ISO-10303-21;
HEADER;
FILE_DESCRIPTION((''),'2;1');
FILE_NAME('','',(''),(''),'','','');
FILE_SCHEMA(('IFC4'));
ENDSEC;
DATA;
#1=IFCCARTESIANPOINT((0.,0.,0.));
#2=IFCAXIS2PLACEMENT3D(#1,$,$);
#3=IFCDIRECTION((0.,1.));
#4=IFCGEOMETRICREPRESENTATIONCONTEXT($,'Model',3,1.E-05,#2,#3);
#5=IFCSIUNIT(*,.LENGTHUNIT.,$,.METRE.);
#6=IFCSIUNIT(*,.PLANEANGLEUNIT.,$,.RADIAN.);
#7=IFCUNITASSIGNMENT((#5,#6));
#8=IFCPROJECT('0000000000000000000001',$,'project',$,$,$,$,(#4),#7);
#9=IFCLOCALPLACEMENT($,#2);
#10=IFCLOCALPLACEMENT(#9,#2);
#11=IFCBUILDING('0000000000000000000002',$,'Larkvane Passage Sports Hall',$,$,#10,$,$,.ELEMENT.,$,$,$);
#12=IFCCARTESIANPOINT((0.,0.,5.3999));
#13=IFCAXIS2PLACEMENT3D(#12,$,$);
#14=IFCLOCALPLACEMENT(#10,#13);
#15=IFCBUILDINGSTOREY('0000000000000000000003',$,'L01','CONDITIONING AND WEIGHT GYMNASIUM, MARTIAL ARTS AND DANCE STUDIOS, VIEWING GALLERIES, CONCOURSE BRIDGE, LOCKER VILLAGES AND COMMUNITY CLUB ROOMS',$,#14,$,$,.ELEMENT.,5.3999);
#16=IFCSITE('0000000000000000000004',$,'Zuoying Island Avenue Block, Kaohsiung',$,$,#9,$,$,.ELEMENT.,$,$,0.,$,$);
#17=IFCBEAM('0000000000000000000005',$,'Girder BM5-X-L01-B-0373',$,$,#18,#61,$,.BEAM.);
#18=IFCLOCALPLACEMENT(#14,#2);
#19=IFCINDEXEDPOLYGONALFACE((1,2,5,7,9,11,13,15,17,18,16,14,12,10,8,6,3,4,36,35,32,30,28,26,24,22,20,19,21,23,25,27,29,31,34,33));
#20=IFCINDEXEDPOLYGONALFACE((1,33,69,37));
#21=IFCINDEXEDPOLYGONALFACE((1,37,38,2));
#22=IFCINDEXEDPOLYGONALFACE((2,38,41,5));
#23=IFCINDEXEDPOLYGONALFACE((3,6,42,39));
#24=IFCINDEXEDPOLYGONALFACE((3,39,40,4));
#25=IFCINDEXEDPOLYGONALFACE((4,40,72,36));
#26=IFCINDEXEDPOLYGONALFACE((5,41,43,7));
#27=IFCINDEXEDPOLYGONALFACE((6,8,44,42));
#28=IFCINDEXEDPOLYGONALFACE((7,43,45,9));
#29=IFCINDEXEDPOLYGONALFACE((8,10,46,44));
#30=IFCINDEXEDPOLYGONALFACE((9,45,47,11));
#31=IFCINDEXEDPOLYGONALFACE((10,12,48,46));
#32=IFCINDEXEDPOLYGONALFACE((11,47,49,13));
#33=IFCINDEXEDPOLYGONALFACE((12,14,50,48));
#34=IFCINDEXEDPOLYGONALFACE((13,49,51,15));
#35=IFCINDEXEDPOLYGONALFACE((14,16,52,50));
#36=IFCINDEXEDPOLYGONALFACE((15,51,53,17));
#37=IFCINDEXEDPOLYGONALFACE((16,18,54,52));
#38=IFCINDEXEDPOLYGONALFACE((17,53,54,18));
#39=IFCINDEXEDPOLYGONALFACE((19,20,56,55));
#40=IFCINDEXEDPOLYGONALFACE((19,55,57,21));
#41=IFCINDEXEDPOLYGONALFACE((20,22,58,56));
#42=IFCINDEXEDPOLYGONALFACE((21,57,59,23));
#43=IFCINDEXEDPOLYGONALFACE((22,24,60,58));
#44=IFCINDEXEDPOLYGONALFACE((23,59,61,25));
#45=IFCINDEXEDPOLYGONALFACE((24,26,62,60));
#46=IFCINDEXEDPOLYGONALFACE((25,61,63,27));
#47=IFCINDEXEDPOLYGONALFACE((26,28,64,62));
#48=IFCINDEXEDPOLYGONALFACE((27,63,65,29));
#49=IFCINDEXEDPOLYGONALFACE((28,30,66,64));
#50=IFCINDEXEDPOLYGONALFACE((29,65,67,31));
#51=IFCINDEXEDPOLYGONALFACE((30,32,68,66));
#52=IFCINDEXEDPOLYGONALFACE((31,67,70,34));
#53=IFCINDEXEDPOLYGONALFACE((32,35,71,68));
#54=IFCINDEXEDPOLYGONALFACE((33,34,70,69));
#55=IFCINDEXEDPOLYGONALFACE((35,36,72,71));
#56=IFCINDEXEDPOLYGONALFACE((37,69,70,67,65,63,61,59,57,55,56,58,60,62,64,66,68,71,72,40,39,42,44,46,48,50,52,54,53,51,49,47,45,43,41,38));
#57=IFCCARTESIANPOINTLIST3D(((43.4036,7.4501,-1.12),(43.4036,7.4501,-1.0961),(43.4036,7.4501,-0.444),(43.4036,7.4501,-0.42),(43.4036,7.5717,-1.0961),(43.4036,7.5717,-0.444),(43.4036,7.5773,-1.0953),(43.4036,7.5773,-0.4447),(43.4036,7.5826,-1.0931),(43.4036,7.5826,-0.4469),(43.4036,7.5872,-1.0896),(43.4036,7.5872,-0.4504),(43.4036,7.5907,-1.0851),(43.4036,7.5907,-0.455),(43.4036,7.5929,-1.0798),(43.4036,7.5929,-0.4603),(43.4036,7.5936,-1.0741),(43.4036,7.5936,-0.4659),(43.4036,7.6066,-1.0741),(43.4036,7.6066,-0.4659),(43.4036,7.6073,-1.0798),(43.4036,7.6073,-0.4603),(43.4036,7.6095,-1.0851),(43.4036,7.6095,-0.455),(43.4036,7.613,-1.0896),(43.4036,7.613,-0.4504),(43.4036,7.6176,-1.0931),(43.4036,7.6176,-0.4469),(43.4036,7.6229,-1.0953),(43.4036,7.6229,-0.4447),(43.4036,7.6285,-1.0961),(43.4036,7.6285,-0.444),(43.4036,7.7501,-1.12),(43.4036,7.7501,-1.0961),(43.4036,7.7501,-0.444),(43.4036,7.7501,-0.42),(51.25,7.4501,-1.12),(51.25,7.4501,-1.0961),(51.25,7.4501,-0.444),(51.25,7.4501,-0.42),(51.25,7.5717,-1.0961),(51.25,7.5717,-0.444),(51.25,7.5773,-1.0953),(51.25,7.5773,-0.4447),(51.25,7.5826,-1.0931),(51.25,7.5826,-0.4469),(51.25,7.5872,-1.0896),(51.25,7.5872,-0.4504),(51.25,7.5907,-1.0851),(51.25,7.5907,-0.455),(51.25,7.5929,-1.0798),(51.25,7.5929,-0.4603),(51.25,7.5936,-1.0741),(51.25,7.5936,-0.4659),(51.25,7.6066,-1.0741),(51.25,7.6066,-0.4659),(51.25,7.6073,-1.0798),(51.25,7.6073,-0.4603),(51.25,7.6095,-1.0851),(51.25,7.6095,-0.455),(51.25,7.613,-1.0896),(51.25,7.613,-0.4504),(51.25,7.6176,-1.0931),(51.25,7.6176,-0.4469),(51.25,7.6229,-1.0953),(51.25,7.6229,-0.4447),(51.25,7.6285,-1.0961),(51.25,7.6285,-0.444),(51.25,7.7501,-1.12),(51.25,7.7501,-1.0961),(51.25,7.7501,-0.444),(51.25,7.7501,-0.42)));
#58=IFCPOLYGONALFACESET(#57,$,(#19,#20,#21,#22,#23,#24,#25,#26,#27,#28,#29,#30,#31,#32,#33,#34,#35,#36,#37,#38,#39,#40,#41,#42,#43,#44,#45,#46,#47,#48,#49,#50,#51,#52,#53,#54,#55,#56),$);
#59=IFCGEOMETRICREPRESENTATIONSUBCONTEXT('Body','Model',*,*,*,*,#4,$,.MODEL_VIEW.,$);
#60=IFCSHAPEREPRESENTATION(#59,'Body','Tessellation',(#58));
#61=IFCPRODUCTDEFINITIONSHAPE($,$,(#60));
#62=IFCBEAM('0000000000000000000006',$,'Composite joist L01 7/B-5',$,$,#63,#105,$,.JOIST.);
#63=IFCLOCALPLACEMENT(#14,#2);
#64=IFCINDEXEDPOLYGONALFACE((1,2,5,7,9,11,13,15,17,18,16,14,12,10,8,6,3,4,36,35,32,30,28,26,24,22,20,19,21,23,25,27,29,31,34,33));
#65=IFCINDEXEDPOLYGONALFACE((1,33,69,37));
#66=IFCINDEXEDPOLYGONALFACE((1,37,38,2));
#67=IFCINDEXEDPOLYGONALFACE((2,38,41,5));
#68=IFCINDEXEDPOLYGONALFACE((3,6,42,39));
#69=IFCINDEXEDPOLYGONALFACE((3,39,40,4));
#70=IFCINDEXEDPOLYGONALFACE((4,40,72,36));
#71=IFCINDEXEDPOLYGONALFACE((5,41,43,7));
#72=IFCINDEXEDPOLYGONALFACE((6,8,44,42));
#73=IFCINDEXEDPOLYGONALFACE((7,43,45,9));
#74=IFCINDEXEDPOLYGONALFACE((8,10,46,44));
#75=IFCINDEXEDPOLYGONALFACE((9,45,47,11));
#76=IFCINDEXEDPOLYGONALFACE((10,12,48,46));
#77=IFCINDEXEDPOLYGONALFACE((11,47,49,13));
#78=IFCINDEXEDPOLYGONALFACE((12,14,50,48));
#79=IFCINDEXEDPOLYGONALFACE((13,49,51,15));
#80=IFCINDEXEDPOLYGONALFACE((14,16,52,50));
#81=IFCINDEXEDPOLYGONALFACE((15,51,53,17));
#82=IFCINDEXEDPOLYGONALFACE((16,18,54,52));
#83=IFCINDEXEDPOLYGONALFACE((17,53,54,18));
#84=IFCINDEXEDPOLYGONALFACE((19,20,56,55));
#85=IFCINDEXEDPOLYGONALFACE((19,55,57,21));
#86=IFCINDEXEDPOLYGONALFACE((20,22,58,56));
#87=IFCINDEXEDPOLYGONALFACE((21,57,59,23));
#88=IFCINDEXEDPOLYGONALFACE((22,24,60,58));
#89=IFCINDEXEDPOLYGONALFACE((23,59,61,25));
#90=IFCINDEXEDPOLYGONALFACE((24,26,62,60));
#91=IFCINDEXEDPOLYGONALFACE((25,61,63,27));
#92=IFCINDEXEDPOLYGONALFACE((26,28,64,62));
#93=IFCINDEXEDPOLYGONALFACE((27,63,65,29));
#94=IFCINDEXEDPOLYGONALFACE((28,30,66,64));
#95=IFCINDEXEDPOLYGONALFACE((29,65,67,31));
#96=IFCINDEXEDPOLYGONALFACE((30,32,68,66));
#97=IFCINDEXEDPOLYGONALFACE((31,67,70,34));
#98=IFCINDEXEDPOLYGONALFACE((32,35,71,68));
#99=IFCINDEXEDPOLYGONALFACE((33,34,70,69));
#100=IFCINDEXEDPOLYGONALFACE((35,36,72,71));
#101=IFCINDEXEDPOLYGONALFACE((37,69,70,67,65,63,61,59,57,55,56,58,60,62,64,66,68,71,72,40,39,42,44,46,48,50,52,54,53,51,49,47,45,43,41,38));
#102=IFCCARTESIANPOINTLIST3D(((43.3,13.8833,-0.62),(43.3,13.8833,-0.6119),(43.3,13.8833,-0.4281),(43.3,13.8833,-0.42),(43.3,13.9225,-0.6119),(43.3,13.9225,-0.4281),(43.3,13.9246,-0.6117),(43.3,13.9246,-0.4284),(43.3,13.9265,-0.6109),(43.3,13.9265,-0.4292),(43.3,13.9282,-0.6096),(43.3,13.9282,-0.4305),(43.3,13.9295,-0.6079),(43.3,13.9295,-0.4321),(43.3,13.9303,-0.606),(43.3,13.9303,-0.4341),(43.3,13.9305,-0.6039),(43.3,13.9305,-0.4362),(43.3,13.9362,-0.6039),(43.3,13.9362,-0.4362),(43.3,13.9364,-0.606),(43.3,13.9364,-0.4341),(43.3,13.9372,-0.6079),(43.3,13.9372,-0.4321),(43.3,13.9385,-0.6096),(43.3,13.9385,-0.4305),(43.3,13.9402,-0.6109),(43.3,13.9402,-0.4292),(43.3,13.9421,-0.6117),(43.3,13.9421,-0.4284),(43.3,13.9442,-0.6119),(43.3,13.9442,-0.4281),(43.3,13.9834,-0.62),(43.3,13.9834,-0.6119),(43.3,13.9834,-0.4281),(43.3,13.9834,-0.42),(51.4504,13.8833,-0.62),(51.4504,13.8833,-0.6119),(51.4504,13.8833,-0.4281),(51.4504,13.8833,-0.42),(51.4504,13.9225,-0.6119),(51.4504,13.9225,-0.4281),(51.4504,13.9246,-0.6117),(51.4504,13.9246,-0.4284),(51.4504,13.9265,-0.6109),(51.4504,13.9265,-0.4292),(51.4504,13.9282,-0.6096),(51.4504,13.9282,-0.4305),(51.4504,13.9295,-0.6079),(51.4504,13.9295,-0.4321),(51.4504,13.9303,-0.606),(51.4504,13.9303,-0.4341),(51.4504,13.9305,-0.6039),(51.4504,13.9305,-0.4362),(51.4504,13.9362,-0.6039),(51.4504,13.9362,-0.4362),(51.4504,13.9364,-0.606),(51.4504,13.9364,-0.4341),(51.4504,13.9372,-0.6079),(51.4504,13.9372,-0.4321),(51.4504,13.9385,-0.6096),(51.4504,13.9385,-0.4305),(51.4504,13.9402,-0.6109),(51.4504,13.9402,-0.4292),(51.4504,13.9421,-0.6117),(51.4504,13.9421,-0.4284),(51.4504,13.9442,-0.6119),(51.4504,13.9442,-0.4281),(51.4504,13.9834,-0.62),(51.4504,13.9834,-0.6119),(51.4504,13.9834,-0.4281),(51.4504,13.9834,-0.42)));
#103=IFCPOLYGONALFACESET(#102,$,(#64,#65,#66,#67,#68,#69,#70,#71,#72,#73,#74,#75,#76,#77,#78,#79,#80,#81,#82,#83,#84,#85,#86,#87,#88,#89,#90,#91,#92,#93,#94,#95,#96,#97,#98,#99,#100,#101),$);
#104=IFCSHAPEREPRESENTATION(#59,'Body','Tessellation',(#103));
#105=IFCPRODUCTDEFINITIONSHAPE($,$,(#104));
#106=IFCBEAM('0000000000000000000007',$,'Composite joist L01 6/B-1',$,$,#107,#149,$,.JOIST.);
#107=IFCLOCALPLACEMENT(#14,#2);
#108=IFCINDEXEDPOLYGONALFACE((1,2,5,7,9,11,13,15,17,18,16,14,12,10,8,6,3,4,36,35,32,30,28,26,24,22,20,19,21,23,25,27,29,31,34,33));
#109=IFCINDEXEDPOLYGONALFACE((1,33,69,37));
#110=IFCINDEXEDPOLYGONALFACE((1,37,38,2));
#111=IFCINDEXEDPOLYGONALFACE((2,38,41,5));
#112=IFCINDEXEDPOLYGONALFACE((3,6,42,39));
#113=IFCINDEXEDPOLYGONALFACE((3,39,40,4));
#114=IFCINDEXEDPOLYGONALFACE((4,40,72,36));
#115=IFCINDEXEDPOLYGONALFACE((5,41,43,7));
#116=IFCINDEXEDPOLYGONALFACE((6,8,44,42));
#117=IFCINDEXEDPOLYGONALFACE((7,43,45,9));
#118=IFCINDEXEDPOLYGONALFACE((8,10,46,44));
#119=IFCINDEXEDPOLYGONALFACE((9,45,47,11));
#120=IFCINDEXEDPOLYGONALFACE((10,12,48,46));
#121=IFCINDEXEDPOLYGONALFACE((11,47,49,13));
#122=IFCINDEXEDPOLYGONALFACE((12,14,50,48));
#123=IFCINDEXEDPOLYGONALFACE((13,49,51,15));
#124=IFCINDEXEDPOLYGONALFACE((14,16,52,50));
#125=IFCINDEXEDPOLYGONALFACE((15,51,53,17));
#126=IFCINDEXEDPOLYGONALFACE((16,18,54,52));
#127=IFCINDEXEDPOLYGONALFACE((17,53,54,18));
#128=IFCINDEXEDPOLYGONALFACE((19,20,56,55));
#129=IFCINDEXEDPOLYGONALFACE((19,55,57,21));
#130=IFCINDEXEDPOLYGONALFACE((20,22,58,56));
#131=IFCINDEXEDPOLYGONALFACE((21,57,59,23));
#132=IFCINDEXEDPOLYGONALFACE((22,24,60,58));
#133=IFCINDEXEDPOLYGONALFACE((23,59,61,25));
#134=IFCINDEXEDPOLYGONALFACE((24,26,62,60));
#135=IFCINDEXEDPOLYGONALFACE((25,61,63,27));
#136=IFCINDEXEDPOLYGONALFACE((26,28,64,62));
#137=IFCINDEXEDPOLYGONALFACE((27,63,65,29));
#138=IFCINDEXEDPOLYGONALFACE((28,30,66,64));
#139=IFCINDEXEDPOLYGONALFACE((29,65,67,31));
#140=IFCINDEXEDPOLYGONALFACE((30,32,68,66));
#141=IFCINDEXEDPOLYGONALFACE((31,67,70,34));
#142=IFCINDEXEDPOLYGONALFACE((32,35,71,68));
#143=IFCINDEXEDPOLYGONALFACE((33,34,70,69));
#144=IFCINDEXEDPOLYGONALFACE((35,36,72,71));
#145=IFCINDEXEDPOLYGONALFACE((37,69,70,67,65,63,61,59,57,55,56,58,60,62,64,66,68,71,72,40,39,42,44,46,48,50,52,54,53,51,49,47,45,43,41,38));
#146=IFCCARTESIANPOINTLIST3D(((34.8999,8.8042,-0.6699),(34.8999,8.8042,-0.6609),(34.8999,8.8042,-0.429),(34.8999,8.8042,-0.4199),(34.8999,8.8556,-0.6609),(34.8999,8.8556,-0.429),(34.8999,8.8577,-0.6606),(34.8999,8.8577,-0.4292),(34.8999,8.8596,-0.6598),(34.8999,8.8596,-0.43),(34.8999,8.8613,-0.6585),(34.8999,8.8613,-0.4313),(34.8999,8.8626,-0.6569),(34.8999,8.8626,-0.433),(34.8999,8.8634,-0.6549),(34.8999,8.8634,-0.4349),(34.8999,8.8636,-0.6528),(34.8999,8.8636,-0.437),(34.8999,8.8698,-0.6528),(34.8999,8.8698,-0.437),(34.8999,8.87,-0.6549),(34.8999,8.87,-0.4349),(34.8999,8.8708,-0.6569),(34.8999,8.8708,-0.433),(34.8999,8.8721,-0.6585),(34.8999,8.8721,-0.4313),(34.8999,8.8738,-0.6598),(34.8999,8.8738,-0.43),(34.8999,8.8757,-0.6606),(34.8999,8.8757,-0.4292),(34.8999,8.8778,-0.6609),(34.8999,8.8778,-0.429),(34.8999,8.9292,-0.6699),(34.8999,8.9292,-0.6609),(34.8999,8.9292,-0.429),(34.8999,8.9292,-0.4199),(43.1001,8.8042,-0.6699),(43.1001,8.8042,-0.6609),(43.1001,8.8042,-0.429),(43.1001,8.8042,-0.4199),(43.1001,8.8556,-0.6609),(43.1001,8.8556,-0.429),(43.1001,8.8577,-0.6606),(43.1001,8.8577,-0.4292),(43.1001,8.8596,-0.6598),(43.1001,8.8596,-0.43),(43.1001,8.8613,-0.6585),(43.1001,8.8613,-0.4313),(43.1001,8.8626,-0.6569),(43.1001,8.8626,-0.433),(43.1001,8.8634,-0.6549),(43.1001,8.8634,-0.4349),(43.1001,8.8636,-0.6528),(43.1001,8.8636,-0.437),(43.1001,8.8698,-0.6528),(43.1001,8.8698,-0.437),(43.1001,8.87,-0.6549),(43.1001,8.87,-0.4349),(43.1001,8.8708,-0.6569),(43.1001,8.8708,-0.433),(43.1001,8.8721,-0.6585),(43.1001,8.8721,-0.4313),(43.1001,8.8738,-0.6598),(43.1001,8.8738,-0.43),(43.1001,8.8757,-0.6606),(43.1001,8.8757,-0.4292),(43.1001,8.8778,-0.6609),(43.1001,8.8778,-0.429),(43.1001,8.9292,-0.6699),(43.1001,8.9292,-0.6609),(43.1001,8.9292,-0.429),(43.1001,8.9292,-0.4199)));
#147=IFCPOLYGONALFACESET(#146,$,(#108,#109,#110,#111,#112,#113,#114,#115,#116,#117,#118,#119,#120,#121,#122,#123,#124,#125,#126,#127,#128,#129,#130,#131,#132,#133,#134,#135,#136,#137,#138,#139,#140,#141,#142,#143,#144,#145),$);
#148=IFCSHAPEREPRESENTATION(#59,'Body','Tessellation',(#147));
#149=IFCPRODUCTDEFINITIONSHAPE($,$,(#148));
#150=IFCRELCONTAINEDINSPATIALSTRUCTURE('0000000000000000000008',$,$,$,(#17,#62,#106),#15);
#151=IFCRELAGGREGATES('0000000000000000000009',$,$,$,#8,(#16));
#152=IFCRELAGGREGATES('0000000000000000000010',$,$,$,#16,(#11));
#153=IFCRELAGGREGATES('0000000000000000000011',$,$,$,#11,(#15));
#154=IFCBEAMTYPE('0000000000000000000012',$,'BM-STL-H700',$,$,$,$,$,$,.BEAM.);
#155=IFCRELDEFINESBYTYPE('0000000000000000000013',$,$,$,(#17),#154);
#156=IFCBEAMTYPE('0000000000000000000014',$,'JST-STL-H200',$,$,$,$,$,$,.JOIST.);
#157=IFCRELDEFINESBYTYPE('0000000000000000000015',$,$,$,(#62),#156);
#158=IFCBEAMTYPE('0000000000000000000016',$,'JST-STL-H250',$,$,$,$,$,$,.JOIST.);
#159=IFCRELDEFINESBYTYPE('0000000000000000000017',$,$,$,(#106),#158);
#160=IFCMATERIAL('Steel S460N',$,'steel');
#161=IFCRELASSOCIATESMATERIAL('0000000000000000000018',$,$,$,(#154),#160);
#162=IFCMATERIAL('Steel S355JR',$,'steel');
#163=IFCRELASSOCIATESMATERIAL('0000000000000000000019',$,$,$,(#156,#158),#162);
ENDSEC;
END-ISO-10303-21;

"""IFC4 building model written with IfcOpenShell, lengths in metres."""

from ifc_helpers import new_model, si_unit, direction, frame, origin, origin_2d, place, context, subcontext, project, spatial, i_section, extrude, material, material_profile, profile_set, type_object, element, save


model = new_model("IFC4")

# Units and contexts
model_context = context("Model", 3, precision=1e-05, world=origin(), true_north=direction((0.0, 1.0)))
body_context = subcontext(model_context, "Body", "Model", "MODEL_VIEW")
ifc_project = project(units=[si_unit("LENGTHUNIT", "METRE"), si_unit("PLANEANGLEUNIT", "RADIAN")], contexts=[model_context])

# Site, building, storey
site_placement = place(None, origin())
site = spatial("IfcSite", under=ifc_project, at=site_placement, Name="Zuoying Island Avenue Block, Kaohsiung", CompositionType="ELEMENT", RefElevation=0.0)
building_placement = place(site_placement, origin())
building = spatial("IfcBuilding", under=site, at=building_placement, Name="Larkvane Passage Sports Hall", CompositionType="ELEMENT")
storey_placement = place(building_placement, frame((0.0, 0.0, 5.3999)))
storey = spatial("IfcBuildingStorey", under=building, at=storey_placement, Name="L01", Description="CONDITIONING AND WEIGHT GYMNASIUM, MARTIAL ARTS AND DANCE STUDIOS, VIEWING GALLERIES, CONCOURSE BRIDGE, LOCKER VILLAGES AND COMMUNITY CLUB ROOMS", CompositionType="ELEMENT", Elevation=5.3999)

# Shared definitions
ifc_material_1 = material(Name="Steel S460N", Category="steel")

# Beams
ifc_material_2 = material(Name="Steel S355JR", Category="steel")
ifc_material_profile_1 = material_profile(ifc_material_1, i_section(OverallWidth=0.3, OverallDepth=0.7, WebThickness=0.0129, FlangeThickness=0.0239, FilletRadius=0.022, at=origin_2d()), Name="H-700x300x13x24")
ifc_profile_set_1 = profile_set([ifc_material_profile_1], Name="Steel S460N")
beam_type_1 = type_object("IfcBeamType", Name="BM-STL-H700", PredefinedType="BEAM", material=ifc_profile_set_1)
beam_1_placement = place(storey_placement, frame((43.4036, 7.6001, -0.77), z_axis=(1.0, 0.0, 0.0), x_axis=(0.0, 1.0, 0.0)))
element("IfcBeam", 1, at=beam_1_placement, inside=storey, type_object=beam_type_1, Name="Girder BM5-X-L01-B-0373", PredefinedType="BEAM", context=body_context, shape_type="SweptSolid", body=[
    extrude(i_section(OverallWidth=0.3, OverallDepth=0.7, WebThickness=0.0129, FlangeThickness=0.0239, FilletRadius=0.022, at=origin_2d()), origin(), (0.0, 0.0, 1.0), 7.8464),
])
ifc_material_profile_2 = material_profile(ifc_material_2, i_section(OverallWidth=0.1001, OverallDepth=0.2, WebThickness=0.0056, FlangeThickness=0.0081, FilletRadius=0.0081, at=origin_2d()), Name="H-200x100x5.5x8")
ifc_profile_set_2 = profile_set([ifc_material_profile_2], Name="Steel S355JR")
beam_type_2 = type_object("IfcBeamType", Name="JST-STL-H200", PredefinedType="JOIST", material=ifc_profile_set_2)
beam_2_placement = place(storey_placement, frame((43.3, 13.9333, -0.52), z_axis=(1.0, 0.0, 0.0), x_axis=(0.0, 1.0, 0.0)))
element("IfcBeam", 2, at=beam_2_placement, inside=storey, type_object=beam_type_2, Name="Composite joist L01 7/B-5", PredefinedType="JOIST", context=body_context, shape_type="SweptSolid", body=[
    extrude(i_section(OverallWidth=0.1001, OverallDepth=0.2, WebThickness=0.0056, FlangeThickness=0.0081, FilletRadius=0.0081, at=origin_2d()), origin(), (0.0, 0.0, 1.0), 8.1504),
])
ifc_material_profile_3 = material_profile(ifc_material_2, i_section(OverallWidth=0.125, OverallDepth=0.25, WebThickness=0.0061, FlangeThickness=0.009, FilletRadius=0.0081, at=origin_2d()), Name="H-250x125x6x9")
ifc_profile_set_3 = profile_set([ifc_material_profile_3], Name="Steel S355JR")
beam_type_3 = type_object("IfcBeamType", Name="JST-STL-H250", PredefinedType="JOIST", material=ifc_profile_set_3)
beam_3_placement = place(storey_placement, frame((34.8999, 8.8667, -0.5449), z_axis=(1.0, 0.0, 0.0), x_axis=(0.0, 1.0, 0.0)))
element("IfcBeam", 3, at=beam_3_placement, inside=storey, type_object=beam_type_3, Name="Composite joist L01 6/B-1", PredefinedType="JOIST", context=body_context, shape_type="SweptSolid", body=[
    extrude(i_section(OverallWidth=0.125, OverallDepth=0.25, WebThickness=0.0061, FlangeThickness=0.009, FilletRadius=0.0081, at=origin_2d()), origin(), (0.0, 0.0, 1.0), 8.2002),
])

save(model, "model.ifc")
